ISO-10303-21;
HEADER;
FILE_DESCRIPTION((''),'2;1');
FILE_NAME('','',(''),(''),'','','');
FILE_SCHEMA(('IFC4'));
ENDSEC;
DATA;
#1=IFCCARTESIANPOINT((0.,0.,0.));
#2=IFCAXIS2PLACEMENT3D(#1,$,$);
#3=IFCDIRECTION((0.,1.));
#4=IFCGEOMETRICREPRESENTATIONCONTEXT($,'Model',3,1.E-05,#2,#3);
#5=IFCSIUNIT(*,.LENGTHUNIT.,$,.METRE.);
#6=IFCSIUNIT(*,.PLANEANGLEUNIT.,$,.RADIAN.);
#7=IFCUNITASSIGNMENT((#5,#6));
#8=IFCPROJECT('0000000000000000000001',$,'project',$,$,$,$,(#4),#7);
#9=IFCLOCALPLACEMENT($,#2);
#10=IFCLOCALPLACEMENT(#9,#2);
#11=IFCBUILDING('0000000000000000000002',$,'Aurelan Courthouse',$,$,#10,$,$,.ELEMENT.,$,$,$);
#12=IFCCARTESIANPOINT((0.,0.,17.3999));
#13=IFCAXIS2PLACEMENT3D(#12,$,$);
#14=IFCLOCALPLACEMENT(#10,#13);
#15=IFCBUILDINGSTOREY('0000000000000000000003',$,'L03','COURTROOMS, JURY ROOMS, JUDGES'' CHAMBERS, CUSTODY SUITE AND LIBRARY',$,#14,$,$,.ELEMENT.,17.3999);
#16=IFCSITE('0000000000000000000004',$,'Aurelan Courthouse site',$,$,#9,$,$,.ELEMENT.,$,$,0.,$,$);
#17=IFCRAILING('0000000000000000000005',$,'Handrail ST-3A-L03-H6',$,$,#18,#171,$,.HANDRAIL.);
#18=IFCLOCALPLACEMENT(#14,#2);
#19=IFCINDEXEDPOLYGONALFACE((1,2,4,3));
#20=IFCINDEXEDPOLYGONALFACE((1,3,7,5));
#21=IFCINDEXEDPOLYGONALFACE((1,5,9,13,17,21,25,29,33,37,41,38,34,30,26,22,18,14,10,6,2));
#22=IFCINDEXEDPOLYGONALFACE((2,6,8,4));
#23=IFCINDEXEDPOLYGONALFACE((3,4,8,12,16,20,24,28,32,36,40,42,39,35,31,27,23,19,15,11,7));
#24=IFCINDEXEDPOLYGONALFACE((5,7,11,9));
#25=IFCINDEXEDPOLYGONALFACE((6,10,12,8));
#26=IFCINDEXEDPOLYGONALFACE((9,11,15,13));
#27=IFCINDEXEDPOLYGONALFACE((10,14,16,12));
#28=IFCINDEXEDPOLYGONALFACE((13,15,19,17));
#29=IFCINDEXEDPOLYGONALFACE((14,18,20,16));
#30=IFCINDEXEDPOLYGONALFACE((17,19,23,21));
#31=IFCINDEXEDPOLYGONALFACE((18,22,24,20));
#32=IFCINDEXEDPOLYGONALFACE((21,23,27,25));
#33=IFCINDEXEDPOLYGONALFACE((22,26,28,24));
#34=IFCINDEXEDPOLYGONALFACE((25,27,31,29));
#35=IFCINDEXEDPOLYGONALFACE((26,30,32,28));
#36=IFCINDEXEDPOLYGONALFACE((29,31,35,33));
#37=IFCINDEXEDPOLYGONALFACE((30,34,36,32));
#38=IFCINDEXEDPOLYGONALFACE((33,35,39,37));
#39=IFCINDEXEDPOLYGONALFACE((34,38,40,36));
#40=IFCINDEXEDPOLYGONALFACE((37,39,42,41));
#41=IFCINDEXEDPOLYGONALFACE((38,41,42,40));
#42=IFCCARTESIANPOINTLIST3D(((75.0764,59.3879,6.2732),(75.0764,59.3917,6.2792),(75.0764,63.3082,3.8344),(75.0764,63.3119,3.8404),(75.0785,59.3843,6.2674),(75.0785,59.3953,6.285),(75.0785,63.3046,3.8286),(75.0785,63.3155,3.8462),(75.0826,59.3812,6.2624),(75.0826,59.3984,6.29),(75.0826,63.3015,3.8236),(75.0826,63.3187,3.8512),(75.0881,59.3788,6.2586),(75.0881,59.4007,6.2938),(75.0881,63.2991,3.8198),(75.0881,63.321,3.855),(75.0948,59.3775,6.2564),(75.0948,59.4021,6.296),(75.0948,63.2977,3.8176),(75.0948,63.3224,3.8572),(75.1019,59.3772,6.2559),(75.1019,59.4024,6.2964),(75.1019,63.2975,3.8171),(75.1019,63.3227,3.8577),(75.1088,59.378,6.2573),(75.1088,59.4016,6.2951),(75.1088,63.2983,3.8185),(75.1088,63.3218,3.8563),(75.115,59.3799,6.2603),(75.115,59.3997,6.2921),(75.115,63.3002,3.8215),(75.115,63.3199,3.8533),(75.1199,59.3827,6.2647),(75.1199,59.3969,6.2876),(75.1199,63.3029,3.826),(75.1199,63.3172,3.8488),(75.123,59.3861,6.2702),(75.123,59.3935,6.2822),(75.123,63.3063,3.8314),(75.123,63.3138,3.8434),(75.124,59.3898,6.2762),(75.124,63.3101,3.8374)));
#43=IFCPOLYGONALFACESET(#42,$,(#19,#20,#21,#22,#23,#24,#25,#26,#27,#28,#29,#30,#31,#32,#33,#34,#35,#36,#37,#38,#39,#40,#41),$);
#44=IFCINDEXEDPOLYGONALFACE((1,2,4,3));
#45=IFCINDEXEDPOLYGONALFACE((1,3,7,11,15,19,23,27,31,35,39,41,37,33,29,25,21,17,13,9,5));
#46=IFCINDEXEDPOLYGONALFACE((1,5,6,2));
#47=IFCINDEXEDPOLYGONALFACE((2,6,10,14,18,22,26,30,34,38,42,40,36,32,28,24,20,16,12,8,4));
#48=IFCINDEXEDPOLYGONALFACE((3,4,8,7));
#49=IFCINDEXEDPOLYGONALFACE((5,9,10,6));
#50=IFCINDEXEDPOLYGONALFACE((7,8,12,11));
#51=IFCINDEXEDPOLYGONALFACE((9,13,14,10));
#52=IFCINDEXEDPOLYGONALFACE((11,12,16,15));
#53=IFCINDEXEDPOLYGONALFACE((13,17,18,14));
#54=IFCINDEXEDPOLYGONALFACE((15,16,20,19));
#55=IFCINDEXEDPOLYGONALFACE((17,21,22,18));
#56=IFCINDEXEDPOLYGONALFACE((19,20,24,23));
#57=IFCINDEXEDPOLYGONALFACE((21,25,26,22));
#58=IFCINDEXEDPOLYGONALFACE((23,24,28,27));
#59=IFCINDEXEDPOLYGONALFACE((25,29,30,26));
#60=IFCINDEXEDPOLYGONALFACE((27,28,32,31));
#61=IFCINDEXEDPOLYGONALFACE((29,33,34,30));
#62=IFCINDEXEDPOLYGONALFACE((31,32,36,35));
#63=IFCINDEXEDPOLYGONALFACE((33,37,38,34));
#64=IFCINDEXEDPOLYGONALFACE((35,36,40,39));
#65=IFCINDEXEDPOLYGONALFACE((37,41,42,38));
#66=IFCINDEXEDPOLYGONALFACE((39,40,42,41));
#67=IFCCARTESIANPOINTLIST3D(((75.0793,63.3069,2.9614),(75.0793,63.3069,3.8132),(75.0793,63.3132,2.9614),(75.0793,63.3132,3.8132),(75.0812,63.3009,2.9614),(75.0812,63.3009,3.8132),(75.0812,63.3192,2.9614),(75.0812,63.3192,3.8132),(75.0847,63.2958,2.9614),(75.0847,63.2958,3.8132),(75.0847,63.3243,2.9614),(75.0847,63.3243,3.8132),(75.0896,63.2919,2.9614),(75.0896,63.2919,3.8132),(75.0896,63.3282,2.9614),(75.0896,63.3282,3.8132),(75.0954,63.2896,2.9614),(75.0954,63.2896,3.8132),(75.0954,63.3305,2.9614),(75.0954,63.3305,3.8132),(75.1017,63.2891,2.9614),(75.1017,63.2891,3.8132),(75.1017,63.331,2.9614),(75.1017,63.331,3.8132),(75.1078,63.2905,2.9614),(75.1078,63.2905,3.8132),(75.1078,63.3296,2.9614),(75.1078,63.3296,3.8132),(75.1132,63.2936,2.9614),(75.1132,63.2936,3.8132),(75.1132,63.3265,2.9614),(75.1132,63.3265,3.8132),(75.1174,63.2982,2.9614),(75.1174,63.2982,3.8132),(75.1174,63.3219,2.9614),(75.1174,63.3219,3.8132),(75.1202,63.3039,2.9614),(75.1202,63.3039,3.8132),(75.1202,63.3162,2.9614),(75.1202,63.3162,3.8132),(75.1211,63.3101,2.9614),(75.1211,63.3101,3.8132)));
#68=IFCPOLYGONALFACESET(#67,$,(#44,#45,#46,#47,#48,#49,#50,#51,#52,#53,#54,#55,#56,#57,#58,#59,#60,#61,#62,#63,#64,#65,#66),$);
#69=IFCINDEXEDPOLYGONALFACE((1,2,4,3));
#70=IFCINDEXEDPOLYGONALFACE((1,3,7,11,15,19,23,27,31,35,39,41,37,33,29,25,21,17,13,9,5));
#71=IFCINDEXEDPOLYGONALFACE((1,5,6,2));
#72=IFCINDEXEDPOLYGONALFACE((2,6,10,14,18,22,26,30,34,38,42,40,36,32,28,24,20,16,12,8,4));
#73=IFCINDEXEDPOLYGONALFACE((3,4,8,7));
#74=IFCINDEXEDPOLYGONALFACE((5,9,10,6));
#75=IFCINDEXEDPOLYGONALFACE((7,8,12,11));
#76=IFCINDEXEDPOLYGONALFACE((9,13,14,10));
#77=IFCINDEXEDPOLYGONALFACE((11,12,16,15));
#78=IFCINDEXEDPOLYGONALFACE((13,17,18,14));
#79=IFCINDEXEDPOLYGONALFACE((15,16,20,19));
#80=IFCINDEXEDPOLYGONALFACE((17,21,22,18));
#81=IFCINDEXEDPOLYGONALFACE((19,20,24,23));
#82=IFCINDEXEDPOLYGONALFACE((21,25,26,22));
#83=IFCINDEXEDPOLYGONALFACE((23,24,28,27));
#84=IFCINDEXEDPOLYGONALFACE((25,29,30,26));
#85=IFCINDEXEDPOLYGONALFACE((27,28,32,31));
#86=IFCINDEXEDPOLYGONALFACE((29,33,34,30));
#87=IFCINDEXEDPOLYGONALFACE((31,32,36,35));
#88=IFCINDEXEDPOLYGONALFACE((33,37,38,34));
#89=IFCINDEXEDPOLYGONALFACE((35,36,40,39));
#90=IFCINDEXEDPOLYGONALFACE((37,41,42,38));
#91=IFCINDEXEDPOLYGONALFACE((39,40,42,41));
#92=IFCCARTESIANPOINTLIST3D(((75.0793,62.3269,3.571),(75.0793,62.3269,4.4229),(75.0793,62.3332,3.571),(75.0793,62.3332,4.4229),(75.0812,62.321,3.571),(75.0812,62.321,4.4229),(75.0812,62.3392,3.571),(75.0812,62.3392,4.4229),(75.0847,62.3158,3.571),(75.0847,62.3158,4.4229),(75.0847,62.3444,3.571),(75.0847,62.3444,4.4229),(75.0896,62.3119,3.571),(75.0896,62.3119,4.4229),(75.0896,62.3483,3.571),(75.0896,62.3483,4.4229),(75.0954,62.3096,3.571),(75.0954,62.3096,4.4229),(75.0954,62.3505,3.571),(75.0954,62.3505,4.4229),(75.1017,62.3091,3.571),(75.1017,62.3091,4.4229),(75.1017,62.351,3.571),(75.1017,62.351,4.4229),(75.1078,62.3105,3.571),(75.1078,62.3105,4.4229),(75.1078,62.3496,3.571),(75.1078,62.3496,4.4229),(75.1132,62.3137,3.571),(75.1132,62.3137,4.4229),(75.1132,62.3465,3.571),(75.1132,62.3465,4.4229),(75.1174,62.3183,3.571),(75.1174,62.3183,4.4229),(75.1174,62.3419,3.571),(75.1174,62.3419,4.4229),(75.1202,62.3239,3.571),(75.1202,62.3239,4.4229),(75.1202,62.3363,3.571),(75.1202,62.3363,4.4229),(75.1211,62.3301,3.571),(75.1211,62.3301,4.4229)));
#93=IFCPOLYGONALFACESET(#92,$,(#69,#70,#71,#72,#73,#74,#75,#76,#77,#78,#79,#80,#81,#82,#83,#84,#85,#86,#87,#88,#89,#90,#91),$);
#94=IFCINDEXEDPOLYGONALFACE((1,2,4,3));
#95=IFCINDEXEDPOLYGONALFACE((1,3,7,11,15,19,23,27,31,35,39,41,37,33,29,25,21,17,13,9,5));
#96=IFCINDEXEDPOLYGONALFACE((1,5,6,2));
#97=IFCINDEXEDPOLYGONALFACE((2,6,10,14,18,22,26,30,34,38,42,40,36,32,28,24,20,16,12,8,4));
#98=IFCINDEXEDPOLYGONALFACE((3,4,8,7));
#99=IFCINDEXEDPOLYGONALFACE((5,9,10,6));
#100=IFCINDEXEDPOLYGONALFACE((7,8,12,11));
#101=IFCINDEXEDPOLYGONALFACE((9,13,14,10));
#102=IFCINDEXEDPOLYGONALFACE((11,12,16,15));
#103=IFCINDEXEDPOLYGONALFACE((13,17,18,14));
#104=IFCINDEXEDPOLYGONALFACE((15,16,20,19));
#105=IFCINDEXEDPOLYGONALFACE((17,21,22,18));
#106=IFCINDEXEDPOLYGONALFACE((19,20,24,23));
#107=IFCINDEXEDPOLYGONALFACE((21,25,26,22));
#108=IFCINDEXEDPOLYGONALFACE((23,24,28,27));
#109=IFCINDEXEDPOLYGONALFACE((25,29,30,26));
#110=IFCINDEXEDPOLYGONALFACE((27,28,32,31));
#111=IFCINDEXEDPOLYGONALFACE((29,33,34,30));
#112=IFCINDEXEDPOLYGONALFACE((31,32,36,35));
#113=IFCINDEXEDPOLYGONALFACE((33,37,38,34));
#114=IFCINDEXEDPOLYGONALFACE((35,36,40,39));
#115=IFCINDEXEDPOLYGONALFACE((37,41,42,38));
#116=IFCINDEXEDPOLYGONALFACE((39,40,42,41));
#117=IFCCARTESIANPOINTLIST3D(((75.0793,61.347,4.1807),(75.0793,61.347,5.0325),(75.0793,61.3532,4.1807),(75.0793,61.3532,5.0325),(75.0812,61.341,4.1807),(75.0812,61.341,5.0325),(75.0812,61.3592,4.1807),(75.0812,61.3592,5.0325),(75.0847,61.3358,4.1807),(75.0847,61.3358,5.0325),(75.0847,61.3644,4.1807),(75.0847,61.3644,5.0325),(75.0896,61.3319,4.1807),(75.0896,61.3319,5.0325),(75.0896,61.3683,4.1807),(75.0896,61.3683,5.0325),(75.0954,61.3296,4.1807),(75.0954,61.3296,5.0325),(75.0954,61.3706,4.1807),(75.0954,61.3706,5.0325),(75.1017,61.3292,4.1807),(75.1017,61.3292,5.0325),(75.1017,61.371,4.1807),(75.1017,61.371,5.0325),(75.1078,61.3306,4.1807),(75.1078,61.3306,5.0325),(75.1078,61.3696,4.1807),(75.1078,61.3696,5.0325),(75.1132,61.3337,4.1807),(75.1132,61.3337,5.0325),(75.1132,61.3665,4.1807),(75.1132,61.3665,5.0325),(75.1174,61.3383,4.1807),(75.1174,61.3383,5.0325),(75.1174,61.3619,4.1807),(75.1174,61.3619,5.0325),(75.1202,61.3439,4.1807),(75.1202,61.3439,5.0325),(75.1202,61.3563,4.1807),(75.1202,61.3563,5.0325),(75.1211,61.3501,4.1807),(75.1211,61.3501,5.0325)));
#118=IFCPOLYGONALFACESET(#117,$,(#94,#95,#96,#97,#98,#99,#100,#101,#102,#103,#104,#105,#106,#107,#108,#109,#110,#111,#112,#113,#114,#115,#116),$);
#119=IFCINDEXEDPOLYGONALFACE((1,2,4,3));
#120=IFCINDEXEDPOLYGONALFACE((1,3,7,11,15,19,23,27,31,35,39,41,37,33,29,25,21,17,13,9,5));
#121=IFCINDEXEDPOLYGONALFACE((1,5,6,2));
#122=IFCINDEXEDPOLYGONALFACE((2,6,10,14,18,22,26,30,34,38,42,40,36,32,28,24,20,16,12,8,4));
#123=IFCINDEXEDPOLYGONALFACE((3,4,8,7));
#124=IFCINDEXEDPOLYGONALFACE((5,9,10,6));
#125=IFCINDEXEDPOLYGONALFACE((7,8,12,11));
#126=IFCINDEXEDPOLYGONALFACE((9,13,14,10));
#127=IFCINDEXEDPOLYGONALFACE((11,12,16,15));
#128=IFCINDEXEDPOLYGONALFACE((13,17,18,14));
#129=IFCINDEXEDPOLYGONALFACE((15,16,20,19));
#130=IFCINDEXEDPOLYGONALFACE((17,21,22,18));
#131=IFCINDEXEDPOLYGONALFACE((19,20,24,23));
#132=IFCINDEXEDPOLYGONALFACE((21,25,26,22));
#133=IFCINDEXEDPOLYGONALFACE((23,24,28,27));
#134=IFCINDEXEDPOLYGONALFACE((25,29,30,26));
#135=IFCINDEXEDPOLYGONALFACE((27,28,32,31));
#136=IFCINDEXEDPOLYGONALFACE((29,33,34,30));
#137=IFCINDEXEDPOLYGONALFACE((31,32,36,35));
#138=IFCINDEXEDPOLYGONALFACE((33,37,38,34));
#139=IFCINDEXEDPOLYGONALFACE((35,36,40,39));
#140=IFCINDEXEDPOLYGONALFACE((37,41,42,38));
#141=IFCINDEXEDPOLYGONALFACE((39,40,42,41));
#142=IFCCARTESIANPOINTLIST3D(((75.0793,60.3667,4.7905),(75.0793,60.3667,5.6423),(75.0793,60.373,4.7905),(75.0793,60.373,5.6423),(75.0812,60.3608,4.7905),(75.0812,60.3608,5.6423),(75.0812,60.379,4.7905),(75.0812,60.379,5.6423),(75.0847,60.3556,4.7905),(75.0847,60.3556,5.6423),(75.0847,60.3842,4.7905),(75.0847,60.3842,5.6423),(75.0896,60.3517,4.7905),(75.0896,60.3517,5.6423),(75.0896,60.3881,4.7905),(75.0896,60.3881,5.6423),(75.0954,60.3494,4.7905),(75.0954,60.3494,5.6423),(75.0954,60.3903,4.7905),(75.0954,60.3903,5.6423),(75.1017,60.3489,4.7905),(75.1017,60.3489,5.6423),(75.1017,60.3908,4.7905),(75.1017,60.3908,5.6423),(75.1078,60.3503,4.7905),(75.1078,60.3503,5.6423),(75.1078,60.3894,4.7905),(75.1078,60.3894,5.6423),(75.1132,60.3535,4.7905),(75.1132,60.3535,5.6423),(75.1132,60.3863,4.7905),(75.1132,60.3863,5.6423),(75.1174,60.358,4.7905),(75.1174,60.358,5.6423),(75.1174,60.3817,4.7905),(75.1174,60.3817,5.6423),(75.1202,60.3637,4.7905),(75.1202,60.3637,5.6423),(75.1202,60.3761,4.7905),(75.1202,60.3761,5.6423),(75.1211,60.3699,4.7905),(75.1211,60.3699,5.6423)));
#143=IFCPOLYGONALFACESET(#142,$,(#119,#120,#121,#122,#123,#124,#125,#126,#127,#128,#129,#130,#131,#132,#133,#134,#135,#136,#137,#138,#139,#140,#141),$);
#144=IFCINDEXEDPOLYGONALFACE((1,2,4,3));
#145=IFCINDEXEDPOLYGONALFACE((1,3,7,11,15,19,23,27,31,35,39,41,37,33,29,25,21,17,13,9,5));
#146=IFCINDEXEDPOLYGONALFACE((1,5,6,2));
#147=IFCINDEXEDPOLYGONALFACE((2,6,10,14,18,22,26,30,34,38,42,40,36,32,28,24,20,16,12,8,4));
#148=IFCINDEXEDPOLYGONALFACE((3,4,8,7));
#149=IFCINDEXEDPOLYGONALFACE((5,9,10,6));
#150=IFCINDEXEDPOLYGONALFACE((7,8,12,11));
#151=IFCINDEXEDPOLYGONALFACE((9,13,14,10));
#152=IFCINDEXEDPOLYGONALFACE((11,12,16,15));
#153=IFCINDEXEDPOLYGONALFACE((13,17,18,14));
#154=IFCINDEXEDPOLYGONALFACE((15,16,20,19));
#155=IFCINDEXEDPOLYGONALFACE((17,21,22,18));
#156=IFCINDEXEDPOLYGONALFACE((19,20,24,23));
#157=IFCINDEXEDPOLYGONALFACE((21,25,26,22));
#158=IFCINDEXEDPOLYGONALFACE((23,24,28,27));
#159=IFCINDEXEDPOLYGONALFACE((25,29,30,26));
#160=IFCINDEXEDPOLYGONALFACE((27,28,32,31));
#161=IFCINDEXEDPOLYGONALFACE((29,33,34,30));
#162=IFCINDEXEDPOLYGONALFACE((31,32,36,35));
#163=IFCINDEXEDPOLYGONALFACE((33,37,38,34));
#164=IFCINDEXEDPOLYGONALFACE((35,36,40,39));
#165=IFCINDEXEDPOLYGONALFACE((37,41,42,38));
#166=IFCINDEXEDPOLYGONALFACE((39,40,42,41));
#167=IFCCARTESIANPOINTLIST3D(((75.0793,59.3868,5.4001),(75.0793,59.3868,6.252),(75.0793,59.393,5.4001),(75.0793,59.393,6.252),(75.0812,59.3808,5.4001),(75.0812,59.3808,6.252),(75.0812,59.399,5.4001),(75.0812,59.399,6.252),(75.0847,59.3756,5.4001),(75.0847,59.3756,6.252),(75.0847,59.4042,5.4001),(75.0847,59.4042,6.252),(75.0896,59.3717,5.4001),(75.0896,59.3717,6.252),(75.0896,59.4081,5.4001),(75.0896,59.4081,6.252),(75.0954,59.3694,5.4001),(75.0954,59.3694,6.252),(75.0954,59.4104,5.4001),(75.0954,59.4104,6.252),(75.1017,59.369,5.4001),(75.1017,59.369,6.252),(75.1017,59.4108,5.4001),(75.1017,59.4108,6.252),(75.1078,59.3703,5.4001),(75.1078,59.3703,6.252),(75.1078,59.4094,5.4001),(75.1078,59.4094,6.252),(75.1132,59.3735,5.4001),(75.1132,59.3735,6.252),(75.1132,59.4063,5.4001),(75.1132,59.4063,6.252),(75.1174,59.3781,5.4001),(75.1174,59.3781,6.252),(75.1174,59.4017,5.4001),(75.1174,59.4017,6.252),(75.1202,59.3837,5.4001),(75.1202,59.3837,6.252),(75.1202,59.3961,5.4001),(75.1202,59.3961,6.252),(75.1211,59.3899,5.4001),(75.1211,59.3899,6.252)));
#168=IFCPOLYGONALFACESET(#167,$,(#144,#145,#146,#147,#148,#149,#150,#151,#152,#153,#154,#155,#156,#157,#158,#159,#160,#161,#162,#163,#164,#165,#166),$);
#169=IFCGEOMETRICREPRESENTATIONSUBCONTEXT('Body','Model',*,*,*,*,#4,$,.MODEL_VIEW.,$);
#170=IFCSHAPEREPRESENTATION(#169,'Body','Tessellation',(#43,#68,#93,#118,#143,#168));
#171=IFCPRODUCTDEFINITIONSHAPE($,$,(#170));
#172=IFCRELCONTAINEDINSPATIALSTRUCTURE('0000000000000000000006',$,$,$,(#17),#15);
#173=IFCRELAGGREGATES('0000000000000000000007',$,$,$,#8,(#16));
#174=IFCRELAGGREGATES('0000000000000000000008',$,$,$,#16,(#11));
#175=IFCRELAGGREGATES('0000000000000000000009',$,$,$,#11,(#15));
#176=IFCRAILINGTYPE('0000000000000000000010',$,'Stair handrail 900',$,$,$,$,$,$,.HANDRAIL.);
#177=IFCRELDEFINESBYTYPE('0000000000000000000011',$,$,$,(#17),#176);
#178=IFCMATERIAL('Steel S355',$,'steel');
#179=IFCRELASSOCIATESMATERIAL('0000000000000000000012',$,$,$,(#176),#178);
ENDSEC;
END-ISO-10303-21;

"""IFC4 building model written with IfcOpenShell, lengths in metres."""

from ifc_helpers import new_model, si_unit, direction, frame, origin, origin_2d, place, context, subcontext, project, spatial, circle, extrude, material, type_object, element, save


model = new_model("IFC4")

# Units and contexts
model_context = context("Model", 3, precision=1e-05, world=origin(), true_north=direction((0.0, 1.0)))
body_context = subcontext(model_context, "Body", "Model", "MODEL_VIEW")
ifc_project = project(units=[si_unit("LENGTHUNIT", "METRE"), si_unit("PLANEANGLEUNIT", "RADIAN")], contexts=[model_context])

# Site, building, storey
site_placement = place(None, origin())
site = spatial("IfcSite", under=ifc_project, at=site_placement, Name="Aurelan Courthouse site", CompositionType="ELEMENT", RefElevation=0.0)
building_placement = place(site_placement, origin())
building = spatial("IfcBuilding", under=site, at=building_placement, Name="Aurelan Courthouse", CompositionType="ELEMENT")
storey_placement = place(building_placement, frame((0.0, 0.0, 17.3999)))
storey = spatial("IfcBuildingStorey", under=building, at=storey_placement, Name="L03", Description="COURTROOMS, JURY ROOMS, JUDGES' CHAMBERS, CUSTODY SUITE AND LIBRARY", CompositionType="ELEMENT", Elevation=17.3999)

# Railing
ifc_material_1 = material(Name="Steel S355", Category="steel")
railing_type_1 = type_object("IfcRailingType", Name="Stair handrail 900", PredefinedType="HANDRAIL", material=ifc_material_1)
for number, where, name in (
    (1, (75.1001, 63.3101, 2.9614), "Handrail ST-3A-L03-H6"),
):
    element("IfcRailing", number, at=place(storey_placement, frame(where)), inside=storey, type_object=railing_type_1, Name=name, PredefinedType="HANDRAIL", context=body_context, shape_type="SweptSolid", body=[
        extrude(circle(Radius=0.0239, at=origin_2d()), frame((0.0, 0.0, 0.876), z_axis=(0.0, -0.849105, 0.528225), x_axis=(1.0, 0.0, 0.0)), (0.0, 0.0, 1.0), 4.6169),
        extrude(circle(Radius=0.021, at=origin_2d()), origin(), (0.0, 0.0, 1.0), 0.8518),
        extrude(circle(Radius=0.021, at=origin_2d()), frame((0.0, -0.98, 0.6096)), (0.0, 0.0, 1.0), 0.8518),
        extrude(circle(Radius=0.021, at=origin_2d()), frame((0.0, -1.96, 1.2192)), (0.0, 0.0, 1.0), 0.8518),
        extrude(circle(Radius=0.021, at=origin_2d()), frame((0.0, -2.9402, 1.8291)), (0.0, 0.0, 1.0), 0.8518),
        extrude(circle(Radius=0.021, at=origin_2d()), frame((0.0, -3.9202, 2.4387)), (0.0, 0.0, 1.0), 0.8518),
    ])

save(model, "model.ifc")
